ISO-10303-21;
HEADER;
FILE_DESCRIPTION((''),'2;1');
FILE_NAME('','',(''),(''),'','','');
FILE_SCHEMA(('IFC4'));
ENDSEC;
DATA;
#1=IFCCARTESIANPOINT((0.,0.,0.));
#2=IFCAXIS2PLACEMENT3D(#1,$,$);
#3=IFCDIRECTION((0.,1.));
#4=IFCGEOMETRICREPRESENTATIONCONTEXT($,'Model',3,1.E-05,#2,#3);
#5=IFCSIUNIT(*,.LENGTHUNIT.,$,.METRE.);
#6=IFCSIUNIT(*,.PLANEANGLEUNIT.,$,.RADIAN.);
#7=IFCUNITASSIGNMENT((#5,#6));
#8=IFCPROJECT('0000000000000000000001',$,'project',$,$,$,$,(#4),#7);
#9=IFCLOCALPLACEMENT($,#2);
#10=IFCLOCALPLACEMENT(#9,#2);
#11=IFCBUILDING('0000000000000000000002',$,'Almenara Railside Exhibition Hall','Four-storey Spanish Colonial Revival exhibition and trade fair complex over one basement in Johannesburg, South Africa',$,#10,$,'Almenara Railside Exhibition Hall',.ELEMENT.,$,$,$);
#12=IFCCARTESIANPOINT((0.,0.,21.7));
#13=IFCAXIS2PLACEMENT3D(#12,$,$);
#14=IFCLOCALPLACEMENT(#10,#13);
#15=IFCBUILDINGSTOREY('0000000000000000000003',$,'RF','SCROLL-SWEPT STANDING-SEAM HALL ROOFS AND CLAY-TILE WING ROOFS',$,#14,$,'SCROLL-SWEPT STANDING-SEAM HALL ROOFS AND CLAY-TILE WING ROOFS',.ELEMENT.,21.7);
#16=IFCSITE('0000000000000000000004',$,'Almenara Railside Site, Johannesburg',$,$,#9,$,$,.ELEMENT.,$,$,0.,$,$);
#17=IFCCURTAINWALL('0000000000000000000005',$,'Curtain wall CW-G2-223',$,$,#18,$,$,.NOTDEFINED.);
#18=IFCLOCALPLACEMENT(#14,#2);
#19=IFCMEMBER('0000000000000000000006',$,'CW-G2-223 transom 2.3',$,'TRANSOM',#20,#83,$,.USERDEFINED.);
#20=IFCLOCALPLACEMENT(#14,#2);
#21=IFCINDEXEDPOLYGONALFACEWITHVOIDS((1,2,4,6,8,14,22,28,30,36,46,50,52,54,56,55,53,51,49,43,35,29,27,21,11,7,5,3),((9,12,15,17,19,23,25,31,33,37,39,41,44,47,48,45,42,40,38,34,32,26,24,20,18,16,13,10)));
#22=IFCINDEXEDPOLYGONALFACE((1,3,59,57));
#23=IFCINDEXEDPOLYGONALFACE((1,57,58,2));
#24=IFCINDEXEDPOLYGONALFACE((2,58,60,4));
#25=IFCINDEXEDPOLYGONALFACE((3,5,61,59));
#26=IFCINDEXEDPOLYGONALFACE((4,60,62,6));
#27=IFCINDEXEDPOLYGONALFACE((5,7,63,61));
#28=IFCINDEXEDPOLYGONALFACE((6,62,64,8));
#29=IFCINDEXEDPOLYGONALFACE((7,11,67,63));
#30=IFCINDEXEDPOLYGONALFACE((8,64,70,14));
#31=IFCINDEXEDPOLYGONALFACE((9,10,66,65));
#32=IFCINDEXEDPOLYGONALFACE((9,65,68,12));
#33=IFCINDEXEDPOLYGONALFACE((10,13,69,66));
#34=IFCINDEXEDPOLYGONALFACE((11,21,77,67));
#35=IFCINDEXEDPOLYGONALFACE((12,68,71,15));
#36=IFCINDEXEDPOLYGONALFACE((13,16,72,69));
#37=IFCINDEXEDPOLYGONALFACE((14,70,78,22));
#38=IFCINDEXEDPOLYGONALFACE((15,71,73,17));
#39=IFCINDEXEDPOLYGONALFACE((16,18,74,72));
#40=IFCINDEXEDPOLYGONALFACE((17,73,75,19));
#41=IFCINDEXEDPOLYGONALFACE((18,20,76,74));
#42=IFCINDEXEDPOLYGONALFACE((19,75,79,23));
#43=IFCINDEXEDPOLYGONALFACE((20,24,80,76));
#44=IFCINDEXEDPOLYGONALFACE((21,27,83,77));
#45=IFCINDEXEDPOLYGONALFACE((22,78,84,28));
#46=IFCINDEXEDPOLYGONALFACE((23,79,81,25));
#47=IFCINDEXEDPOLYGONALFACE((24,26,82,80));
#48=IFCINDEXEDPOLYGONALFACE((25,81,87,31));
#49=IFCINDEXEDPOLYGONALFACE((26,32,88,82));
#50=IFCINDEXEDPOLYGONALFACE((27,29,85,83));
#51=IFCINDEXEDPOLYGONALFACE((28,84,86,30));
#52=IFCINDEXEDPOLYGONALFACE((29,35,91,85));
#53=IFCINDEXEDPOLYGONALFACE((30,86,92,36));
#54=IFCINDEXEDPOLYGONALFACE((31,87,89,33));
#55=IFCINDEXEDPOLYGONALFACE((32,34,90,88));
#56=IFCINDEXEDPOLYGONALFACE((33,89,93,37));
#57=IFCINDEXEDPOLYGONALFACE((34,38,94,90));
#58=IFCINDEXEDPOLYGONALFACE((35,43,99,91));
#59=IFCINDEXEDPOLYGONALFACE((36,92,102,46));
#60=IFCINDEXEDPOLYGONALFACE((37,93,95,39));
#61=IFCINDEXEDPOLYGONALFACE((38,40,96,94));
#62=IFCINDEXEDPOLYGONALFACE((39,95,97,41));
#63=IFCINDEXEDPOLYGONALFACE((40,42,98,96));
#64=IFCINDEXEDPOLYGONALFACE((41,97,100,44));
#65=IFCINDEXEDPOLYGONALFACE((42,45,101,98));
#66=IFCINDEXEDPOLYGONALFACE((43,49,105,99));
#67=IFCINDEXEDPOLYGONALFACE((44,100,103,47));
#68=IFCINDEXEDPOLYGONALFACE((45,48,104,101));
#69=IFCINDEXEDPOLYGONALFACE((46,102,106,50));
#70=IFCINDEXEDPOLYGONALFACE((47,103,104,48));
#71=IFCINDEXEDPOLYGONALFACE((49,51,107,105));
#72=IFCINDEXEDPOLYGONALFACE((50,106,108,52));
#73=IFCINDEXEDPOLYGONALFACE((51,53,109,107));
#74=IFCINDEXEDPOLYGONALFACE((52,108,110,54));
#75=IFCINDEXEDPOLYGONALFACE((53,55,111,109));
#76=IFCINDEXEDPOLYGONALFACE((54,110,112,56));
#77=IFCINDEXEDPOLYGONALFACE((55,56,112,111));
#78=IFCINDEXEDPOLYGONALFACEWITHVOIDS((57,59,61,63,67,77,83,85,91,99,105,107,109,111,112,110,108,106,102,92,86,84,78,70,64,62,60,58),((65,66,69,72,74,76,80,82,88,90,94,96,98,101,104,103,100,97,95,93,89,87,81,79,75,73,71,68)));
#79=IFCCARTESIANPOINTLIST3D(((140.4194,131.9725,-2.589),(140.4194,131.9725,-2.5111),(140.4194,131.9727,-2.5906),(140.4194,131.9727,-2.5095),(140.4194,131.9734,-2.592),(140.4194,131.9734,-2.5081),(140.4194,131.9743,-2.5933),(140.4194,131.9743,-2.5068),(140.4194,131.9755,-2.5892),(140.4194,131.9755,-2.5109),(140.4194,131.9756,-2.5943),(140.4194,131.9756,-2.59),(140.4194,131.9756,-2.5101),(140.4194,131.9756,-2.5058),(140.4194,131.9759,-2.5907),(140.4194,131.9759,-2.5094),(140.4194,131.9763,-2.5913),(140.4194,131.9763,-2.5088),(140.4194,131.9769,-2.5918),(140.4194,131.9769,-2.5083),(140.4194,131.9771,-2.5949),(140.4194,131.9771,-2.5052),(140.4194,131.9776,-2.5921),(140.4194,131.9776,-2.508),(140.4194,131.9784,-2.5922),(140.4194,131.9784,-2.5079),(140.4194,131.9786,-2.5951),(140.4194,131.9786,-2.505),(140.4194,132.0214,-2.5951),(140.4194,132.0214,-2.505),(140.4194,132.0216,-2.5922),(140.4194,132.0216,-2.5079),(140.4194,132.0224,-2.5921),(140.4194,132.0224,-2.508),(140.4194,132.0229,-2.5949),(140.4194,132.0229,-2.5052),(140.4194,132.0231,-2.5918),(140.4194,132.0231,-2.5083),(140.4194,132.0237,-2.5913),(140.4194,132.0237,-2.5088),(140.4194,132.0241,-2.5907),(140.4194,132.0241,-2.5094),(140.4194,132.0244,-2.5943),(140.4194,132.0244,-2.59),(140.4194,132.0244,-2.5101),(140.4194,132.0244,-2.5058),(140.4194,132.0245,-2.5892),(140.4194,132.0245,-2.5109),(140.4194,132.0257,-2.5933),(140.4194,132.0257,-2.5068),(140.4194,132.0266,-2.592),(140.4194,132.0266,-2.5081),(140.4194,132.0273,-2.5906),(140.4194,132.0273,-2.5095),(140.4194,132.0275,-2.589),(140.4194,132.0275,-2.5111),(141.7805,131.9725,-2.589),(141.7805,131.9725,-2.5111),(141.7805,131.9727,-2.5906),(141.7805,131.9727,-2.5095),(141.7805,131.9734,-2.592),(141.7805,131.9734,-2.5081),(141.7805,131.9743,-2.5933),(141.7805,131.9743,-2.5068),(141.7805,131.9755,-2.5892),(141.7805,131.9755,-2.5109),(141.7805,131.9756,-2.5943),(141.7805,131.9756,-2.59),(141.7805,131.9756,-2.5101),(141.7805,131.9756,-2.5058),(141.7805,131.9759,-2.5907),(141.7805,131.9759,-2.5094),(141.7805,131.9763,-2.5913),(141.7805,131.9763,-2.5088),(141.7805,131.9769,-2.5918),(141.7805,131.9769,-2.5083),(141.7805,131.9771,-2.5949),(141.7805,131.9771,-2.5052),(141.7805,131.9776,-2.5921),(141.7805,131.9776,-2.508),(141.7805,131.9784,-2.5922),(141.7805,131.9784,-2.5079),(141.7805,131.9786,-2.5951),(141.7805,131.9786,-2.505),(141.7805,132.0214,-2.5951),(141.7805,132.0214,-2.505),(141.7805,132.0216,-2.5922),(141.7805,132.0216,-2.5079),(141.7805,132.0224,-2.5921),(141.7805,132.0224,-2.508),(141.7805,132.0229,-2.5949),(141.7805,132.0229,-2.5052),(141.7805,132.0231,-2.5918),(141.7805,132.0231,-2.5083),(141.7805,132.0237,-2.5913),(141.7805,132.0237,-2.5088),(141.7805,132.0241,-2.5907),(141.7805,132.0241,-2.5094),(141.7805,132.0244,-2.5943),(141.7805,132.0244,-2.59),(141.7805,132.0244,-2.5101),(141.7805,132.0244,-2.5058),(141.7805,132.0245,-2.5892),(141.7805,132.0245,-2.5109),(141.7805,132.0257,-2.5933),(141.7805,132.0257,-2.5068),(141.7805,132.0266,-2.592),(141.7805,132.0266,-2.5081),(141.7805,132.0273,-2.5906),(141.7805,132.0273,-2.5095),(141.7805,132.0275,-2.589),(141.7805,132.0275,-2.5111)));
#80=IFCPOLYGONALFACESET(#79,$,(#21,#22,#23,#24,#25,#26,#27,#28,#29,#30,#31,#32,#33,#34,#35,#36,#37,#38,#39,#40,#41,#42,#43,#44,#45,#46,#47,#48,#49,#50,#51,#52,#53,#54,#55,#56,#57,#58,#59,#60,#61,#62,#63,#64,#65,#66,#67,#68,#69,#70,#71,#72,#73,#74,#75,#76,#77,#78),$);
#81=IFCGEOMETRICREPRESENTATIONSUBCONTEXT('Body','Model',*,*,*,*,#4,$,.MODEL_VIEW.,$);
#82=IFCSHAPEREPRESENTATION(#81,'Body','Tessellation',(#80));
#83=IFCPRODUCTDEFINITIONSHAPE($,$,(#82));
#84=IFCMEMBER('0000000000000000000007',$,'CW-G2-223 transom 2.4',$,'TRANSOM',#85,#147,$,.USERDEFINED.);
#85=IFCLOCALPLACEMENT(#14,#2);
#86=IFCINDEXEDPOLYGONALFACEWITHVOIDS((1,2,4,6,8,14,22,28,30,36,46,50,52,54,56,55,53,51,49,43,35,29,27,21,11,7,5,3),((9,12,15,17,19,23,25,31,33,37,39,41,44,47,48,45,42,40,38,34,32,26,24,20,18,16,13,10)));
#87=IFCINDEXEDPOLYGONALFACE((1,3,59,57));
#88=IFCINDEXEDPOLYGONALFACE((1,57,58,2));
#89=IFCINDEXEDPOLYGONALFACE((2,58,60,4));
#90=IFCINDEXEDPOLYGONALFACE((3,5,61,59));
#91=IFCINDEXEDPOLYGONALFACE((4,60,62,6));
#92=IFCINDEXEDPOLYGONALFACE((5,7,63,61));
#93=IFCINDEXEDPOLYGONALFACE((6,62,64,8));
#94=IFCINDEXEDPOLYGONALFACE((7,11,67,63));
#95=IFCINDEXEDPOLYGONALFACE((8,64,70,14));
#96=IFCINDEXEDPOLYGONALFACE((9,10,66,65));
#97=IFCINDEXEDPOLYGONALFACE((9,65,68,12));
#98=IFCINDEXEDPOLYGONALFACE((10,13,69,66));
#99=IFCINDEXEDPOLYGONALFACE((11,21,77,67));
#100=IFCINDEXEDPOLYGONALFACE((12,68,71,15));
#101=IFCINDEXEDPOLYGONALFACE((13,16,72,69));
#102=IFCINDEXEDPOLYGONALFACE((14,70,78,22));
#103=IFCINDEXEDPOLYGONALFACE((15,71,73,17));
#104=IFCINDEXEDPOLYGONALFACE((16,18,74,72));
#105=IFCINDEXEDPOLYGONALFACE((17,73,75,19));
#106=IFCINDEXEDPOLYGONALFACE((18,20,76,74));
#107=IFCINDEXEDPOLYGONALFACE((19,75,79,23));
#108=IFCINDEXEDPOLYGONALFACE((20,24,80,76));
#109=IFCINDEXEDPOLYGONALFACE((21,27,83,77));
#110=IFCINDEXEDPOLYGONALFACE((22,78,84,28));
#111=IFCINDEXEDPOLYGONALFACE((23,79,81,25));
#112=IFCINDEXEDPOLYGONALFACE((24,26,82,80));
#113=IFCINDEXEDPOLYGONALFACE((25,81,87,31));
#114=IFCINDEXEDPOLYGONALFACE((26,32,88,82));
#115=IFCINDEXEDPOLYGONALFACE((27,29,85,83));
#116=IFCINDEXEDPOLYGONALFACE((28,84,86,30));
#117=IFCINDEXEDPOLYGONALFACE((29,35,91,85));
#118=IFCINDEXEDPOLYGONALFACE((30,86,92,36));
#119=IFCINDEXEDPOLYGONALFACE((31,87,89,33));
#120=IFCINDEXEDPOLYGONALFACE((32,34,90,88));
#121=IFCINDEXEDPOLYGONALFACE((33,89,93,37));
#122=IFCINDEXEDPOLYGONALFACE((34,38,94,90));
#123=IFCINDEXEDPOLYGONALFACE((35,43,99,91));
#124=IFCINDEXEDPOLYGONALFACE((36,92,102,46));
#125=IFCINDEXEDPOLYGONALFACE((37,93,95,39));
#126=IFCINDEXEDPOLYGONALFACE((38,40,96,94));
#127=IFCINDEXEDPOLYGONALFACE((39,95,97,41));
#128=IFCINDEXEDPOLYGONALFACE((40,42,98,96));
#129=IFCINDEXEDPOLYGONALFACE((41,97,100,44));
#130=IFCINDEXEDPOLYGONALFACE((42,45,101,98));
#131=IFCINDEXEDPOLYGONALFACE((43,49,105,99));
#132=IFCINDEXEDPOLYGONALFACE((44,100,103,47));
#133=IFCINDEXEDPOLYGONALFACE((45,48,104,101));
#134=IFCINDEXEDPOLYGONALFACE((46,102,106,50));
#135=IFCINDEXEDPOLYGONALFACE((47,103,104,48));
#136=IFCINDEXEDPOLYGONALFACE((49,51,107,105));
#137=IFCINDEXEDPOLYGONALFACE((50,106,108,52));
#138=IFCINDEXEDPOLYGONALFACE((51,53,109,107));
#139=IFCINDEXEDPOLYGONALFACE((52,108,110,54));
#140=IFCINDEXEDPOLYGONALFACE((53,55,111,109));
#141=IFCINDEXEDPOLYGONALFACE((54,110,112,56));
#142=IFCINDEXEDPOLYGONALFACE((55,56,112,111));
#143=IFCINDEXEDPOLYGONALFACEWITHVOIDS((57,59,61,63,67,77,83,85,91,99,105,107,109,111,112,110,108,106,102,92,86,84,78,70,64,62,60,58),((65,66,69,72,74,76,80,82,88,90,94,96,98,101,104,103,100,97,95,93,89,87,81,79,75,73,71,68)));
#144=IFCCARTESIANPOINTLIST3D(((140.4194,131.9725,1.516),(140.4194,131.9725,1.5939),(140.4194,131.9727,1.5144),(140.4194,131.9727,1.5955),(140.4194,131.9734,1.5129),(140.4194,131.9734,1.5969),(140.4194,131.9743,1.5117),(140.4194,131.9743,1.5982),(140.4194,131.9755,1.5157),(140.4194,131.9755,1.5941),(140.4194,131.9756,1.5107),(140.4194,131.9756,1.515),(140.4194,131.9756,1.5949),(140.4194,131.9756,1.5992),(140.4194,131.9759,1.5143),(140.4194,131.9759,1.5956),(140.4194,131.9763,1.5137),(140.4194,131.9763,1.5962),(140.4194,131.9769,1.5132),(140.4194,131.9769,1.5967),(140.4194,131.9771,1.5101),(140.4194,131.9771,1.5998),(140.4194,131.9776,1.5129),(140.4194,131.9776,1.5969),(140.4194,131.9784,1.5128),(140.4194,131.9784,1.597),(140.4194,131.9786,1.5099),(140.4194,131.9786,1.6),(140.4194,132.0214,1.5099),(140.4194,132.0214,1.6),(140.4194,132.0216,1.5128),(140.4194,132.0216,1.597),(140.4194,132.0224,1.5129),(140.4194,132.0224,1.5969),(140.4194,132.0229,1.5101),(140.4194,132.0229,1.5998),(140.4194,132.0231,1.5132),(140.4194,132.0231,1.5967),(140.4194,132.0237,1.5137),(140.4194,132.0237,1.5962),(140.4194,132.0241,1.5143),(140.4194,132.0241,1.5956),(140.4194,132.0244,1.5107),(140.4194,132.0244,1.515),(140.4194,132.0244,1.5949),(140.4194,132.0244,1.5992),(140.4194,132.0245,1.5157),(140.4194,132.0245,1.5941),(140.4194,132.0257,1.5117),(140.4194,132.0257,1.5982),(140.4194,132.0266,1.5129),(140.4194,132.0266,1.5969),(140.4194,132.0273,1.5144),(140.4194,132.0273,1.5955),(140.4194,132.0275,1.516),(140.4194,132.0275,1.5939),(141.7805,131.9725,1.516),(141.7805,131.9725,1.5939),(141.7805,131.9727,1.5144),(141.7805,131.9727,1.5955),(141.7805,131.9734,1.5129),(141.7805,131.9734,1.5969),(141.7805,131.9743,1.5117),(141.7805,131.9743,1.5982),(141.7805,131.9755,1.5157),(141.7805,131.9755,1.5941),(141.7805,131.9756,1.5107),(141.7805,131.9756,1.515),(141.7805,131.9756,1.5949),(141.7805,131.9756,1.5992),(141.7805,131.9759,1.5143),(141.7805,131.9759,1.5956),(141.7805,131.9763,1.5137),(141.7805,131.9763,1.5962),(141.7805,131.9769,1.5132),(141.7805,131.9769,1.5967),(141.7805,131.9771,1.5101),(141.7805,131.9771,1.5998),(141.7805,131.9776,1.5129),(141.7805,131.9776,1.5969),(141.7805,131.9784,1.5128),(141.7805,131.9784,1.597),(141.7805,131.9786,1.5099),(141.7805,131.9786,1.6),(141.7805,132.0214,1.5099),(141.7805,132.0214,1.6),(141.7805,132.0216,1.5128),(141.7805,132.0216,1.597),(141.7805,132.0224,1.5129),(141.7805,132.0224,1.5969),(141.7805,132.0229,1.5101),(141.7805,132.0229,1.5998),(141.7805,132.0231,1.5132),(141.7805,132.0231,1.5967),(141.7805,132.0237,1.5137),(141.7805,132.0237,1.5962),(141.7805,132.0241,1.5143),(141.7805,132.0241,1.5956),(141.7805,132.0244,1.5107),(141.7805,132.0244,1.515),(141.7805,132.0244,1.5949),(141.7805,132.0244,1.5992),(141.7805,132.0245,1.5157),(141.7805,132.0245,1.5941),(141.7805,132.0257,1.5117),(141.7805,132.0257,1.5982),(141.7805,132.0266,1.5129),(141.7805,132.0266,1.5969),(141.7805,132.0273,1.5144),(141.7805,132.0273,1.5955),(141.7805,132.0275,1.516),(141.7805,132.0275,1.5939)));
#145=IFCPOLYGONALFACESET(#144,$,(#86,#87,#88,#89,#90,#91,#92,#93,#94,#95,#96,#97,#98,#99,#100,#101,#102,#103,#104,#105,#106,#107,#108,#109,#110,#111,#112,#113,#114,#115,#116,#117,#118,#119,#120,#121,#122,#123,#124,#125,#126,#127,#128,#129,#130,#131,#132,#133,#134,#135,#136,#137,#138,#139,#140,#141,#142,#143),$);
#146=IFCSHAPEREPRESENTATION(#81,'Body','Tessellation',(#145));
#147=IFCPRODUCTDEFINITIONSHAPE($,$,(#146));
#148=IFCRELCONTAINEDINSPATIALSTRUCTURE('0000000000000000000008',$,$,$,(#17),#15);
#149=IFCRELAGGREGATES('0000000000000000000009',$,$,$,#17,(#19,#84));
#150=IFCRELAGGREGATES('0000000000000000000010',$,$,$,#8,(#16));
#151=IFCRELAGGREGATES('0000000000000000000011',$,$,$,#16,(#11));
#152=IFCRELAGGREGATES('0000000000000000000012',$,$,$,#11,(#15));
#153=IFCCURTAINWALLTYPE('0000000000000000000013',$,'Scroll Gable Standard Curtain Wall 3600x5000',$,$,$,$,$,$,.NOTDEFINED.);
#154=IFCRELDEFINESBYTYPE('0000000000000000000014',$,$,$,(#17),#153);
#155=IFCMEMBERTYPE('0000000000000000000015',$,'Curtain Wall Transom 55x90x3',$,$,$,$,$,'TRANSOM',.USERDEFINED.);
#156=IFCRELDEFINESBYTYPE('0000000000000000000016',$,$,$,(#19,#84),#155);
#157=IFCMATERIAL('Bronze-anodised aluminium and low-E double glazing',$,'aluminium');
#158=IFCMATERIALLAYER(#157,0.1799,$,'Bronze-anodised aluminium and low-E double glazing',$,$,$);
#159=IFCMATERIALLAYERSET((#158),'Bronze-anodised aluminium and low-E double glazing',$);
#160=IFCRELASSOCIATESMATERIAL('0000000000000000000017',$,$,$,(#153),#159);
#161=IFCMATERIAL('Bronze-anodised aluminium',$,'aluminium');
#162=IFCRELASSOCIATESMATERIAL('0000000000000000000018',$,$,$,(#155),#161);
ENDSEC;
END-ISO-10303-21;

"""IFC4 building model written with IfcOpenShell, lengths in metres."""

from ifc_helpers import new_model, si_unit, direction, frame, origin, origin_2d, place, context, subcontext, project, spatial, hollow_rectangle, extrude, material, layer, layer_set, material_profile, profile_set, type_object, element, aggregate, save


model = new_model("IFC4")

# Units and contexts
model_context = context("Model", 3, precision=1e-05, world=origin(), true_north=direction((0.0, 1.0)))
body_context = subcontext(model_context, "Body", "Model", "MODEL_VIEW")
ifc_project = project(units=[si_unit("LENGTHUNIT", "METRE"), si_unit("PLANEANGLEUNIT", "RADIAN")], contexts=[model_context])

# Site, building, storey
site_placement = place(None, origin())
site = spatial("IfcSite", under=ifc_project, at=site_placement, Name="Almenara Railside Site, Johannesburg", CompositionType="ELEMENT", RefElevation=0.0)
building_placement = place(site_placement, origin())
building = spatial("IfcBuilding", under=site, at=building_placement, Name="Almenara Railside Exhibition Hall", Description="Four-storey Spanish Colonial Revival exhibition and trade fair complex over one basement in Johannesburg, South Africa", LongName="Almenara Railside Exhibition Hall", CompositionType="ELEMENT")
storey_placement = place(building_placement, frame((0.0, 0.0, 21.7)))
storey = spatial("IfcBuildingStorey", under=building, at=storey_placement, Name="RF", Description="SCROLL-SWEPT STANDING-SEAM HALL ROOFS AND CLAY-TILE WING ROOFS", LongName="SCROLL-SWEPT STANDING-SEAM HALL ROOFS AND CLAY-TILE WING ROOFS", CompositionType="ELEMENT", Elevation=21.7)

# Curtain wall, members
ifc_material_1 = material(Name="Bronze-anodised aluminium and low-E double glazing", Category="aluminium")
ifc_layer_1 = layer(ifc_material_1, 0.1799, Name="Bronze-anodised aluminium and low-E double glazing")
ifc_layer_set_1 = layer_set([ifc_layer_1], Name="Bronze-anodised aluminium and low-E double glazing")
curtain_wall_type = type_object("IfcCurtainWallType", Name="Scroll Gable Standard Curtain Wall 3600x5000", PredefinedType="NOTDEFINED", material=ifc_layer_set_1)
curtain_wall_placement = place(storey_placement, origin())
curtain_wall = element("IfcCurtainWall", 1, at=curtain_wall_placement, inside=storey, type_object=curtain_wall_type, Name="Curtain wall CW-G2-223", PredefinedType="NOTDEFINED")
ifc_material_2 = material(Name="Bronze-anodised aluminium", Category="aluminium")
ifc_material_profile_1 = material_profile(ifc_material_2, hollow_rectangle(XDim=0.0549, YDim=0.0901, WallThickness=0.0029, InnerFilletRadius=0.0029, OuterFilletRadius=0.0061, at=origin_2d()), Name="ALU-TRN 55x90x3")
ifc_profile_set_1 = profile_set([ifc_material_profile_1], Name="Bronze-anodised aluminium")
member_type_1 = type_object("IfcMemberType", Name="Curtain Wall Transom 55x90x3", ElementType="TRANSOM", PredefinedType="USERDEFINED", material=ifc_profile_set_1)
member_1_placement = place(storey_placement, frame((140.4194, 132.0, -2.55), z_axis=(1.0, 0.0, 0.0), x_axis=(0.0, 1.0, 0.0)))
member_1 = element("IfcMember", 2, at=member_1_placement, type_object=member_type_1, Name="CW-G2-223 transom 2.3", ObjectType="TRANSOM", PredefinedType="USERDEFINED", context=body_context, shape_type="SweptSolid", body=[
    extrude(hollow_rectangle(XDim=0.0549, YDim=0.0901, WallThickness=0.0029, InnerFilletRadius=0.0029, OuterFilletRadius=0.0061, at=origin_2d()), origin(), (0.0, 0.0, 1.0), 1.3611),
])
member_2_placement = place(storey_placement, frame((140.4194, 132.0, 1.5549), z_axis=(1.0, 0.0, 0.0), x_axis=(0.0, 1.0, 0.0)))
member_2 = element("IfcMember", 3, at=member_2_placement, type_object=member_type_1, Name="CW-G2-223 transom 2.4", ObjectType="TRANSOM", PredefinedType="USERDEFINED", context=body_context, shape_type="SweptSolid", body=[
    extrude(hollow_rectangle(XDim=0.0549, YDim=0.0901, WallThickness=0.0029, InnerFilletRadius=0.0029, OuterFilletRadius=0.0061, at=origin_2d()), origin(), (0.0, 0.0, 1.0), 1.3611),
])

aggregate(curtain_wall, [member_1, member_2])

save(model, "model.ifc")
